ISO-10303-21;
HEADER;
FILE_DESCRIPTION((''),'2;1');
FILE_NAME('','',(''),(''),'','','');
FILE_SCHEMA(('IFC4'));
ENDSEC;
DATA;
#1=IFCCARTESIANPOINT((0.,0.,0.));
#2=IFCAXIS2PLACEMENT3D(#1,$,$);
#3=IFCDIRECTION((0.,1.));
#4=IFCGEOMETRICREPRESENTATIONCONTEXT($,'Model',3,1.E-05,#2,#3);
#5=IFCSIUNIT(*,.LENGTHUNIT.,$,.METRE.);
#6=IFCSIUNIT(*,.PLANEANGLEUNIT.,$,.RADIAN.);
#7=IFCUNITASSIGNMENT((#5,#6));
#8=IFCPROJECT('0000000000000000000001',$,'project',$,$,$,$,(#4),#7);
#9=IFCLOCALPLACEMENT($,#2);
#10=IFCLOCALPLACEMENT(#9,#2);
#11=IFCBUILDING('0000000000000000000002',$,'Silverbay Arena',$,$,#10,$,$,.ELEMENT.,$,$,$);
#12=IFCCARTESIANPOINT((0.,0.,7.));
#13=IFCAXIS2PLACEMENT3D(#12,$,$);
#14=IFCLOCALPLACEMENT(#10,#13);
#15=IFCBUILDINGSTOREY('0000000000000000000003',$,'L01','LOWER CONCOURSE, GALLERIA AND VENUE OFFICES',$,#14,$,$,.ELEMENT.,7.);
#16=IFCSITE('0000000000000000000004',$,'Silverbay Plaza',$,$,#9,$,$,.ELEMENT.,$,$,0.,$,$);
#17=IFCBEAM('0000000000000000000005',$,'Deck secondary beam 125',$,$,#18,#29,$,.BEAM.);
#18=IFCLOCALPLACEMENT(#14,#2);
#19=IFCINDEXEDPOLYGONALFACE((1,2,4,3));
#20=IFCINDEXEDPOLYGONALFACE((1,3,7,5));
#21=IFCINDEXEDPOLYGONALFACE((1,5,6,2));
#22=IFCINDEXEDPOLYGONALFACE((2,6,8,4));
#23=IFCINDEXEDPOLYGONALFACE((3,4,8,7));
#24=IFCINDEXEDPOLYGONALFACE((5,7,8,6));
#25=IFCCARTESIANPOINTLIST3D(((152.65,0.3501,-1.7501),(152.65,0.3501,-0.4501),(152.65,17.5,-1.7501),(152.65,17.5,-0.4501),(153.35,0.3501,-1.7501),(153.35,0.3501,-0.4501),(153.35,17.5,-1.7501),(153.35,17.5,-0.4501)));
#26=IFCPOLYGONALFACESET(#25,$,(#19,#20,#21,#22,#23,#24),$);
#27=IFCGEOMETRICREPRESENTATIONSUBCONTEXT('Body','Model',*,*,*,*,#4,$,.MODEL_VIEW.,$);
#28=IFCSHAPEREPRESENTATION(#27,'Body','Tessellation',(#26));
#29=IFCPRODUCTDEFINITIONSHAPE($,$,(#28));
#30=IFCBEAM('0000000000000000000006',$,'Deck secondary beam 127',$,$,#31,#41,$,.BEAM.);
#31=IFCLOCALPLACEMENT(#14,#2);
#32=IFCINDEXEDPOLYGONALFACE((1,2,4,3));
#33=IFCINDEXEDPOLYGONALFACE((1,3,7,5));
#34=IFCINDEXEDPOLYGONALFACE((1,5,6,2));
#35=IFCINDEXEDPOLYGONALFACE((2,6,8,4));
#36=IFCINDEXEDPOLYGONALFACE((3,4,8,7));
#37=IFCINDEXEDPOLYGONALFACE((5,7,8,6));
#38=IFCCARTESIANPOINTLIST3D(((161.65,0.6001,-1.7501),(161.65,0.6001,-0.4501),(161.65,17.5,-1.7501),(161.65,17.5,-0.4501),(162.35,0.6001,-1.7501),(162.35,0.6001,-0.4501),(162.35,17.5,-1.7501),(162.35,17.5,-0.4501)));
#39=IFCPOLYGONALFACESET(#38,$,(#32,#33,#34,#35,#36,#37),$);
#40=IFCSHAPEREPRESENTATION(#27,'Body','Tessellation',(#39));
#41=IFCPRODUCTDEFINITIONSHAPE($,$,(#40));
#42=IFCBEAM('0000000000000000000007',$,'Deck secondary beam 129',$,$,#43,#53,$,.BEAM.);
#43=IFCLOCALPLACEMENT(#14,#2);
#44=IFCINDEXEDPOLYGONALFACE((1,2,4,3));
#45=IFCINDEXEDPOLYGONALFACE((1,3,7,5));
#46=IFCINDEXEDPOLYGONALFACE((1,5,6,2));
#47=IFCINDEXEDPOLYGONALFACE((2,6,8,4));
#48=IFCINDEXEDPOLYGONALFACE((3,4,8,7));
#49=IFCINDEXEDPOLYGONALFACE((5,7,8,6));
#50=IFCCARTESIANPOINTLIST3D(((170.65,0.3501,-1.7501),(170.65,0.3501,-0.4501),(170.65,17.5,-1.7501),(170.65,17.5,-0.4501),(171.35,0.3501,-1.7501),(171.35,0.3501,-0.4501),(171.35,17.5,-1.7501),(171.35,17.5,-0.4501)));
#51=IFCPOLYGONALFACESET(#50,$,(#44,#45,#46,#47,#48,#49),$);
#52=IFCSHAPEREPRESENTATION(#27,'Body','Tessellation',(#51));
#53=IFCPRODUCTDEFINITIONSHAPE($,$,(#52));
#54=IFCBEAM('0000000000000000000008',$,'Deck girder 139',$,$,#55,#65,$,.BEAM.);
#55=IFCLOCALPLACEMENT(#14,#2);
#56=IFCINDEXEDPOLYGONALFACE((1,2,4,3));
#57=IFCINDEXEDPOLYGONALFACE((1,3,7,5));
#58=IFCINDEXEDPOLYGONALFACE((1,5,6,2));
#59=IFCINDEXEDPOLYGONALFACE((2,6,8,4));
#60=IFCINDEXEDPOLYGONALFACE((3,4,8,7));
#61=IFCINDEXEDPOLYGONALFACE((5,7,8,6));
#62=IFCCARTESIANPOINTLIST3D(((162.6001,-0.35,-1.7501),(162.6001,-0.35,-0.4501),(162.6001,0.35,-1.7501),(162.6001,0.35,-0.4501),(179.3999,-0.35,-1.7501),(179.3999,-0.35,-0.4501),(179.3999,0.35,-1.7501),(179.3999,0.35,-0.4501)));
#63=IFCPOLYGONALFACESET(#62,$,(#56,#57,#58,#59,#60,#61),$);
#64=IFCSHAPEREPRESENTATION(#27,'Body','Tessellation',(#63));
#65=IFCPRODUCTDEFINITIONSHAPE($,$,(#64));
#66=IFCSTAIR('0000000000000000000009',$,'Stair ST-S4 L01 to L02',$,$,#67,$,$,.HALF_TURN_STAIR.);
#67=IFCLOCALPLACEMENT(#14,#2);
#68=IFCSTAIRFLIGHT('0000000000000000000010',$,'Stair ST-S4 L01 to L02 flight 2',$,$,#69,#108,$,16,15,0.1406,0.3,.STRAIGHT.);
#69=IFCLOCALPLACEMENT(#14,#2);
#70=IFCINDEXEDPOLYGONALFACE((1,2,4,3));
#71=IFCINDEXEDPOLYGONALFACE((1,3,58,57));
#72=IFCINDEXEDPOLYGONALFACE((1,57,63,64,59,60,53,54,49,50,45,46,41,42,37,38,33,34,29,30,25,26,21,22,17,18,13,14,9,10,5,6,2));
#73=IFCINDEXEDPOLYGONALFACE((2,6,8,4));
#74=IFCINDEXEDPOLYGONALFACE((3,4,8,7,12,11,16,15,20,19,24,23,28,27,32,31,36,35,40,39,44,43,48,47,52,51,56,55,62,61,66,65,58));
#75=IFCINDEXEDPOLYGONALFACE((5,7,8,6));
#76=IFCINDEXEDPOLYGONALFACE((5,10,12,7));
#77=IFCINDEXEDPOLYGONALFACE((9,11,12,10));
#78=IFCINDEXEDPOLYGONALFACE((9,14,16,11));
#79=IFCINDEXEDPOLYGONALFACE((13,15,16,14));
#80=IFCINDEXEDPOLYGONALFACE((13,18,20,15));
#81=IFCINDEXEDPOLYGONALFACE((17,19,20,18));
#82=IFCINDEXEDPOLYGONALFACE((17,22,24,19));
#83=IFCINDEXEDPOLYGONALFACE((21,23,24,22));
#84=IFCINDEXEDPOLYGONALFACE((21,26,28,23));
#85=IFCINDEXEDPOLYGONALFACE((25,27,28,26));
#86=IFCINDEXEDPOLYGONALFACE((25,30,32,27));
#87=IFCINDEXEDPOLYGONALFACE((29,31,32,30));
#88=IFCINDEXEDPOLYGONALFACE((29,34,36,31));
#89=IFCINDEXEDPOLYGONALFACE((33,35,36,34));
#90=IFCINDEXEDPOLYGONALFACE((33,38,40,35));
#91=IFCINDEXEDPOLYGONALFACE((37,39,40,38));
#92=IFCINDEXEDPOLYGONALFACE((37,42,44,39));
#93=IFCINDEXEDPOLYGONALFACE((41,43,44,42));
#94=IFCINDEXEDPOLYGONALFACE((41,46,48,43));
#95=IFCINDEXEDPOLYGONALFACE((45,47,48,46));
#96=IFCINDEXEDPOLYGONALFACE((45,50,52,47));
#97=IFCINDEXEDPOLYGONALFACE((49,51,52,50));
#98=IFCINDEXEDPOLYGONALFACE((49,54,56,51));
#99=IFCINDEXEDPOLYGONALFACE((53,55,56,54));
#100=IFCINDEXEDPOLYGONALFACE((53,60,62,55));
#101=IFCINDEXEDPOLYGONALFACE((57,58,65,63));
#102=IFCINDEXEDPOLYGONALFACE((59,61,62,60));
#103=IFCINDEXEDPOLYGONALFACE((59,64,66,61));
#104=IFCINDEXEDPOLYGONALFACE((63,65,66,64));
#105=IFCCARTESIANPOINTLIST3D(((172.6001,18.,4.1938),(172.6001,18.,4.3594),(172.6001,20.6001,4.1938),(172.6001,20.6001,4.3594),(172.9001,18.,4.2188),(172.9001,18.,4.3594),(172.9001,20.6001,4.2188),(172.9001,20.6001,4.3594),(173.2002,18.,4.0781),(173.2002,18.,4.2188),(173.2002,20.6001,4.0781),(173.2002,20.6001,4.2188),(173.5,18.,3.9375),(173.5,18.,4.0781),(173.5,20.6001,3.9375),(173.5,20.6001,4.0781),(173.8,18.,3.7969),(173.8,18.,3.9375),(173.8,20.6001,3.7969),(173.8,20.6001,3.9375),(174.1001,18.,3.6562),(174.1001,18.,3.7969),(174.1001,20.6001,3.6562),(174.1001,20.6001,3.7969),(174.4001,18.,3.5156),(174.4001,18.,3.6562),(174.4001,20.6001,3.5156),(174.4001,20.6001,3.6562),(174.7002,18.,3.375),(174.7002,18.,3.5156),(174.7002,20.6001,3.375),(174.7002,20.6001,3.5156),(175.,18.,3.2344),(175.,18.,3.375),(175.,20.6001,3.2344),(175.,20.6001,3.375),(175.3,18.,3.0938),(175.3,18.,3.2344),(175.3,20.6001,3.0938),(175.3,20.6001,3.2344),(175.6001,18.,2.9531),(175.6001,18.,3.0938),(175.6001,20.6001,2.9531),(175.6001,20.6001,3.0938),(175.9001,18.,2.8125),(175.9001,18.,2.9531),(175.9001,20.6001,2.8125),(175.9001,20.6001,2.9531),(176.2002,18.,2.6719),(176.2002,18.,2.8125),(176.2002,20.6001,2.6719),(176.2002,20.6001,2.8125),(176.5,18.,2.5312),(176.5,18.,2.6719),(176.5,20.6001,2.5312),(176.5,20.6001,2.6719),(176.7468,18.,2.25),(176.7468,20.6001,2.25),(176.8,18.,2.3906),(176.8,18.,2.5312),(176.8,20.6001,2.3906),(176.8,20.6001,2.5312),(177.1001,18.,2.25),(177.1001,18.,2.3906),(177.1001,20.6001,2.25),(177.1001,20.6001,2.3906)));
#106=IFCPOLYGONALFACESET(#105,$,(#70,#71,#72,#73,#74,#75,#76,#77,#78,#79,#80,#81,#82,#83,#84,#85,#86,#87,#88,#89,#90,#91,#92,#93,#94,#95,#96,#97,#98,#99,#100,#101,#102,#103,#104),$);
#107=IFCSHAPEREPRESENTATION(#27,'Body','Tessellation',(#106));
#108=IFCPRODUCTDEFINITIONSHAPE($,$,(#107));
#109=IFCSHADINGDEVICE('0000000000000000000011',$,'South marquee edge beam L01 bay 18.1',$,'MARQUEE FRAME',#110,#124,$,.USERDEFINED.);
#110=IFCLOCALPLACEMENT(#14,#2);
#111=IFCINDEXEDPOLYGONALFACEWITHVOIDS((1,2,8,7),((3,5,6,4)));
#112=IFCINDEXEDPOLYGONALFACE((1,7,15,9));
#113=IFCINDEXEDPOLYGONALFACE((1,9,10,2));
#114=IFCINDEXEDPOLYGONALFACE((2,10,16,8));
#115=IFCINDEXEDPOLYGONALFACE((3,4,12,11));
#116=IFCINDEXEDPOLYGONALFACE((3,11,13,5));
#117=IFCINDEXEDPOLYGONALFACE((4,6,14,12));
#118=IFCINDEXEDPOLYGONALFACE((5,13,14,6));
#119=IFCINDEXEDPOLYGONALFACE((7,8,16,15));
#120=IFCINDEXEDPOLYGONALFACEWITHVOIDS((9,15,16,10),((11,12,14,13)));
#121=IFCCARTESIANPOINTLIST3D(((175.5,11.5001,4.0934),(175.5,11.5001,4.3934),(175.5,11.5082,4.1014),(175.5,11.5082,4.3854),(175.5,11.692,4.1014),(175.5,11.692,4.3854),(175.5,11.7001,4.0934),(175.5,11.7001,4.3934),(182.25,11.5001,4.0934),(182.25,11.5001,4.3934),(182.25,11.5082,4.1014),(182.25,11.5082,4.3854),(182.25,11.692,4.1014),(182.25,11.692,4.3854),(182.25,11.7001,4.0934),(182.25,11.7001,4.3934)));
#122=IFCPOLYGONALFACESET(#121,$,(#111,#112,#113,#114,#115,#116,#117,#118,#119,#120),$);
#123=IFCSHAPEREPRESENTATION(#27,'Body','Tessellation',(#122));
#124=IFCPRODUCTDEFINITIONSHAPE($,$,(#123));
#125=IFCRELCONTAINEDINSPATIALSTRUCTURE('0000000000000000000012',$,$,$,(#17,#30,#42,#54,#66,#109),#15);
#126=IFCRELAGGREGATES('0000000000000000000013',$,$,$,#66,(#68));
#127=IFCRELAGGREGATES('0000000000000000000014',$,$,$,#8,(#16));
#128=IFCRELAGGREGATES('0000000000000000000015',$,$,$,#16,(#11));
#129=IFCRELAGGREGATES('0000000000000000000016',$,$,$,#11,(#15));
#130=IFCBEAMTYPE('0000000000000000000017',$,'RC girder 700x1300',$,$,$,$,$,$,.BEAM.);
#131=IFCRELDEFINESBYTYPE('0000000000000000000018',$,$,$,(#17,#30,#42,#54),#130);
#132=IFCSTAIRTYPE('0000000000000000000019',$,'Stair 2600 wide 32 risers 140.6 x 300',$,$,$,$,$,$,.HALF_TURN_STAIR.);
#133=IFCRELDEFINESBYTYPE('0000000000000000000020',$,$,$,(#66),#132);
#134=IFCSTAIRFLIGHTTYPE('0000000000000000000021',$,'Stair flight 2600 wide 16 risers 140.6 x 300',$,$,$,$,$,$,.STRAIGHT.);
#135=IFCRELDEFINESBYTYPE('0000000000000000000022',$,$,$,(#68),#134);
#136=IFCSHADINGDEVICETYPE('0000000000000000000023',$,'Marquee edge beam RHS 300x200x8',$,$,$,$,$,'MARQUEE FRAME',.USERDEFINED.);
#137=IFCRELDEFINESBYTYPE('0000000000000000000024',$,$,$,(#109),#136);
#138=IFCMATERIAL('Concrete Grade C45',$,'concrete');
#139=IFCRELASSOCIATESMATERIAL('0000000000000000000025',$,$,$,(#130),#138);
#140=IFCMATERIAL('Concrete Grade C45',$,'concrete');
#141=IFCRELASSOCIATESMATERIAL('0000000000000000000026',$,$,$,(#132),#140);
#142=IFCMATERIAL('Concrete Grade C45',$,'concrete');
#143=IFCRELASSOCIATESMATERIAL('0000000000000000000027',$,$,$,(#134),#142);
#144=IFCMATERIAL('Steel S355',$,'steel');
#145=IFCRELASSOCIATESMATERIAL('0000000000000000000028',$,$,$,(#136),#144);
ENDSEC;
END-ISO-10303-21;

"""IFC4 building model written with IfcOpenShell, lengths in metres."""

from ifc_helpers import new_model, si_unit, direction, frame, origin, origin_2d, place, context, subcontext, project, spatial, polyline, rectangle, hollow_rectangle, outline, extrude, material, material_profile, profile_set, type_object, element, aggregate, save


model = new_model("IFC4")

# Units and contexts
model_context = context("Model", 3, precision=1e-05, world=origin(), true_north=direction((0.0, 1.0)))
body_context = subcontext(model_context, "Body", "Model", "MODEL_VIEW")
ifc_project = project(units=[si_unit("LENGTHUNIT", "METRE"), si_unit("PLANEANGLEUNIT", "RADIAN")], contexts=[model_context])

# Site, building, storey
site_placement = place(None, origin())
site = spatial("IfcSite", under=ifc_project, at=site_placement, Name="Silverbay Plaza", CompositionType="ELEMENT", RefElevation=0.0)
building_placement = place(site_placement, origin())
building = spatial("IfcBuilding", under=site, at=building_placement, Name="Silverbay Arena", CompositionType="ELEMENT")
storey_placement = place(building_placement, frame((0.0, 0.0, 7.0)))
storey = spatial("IfcBuildingStorey", under=building, at=storey_placement, Name="L01", Description="LOWER CONCOURSE, GALLERIA AND VENUE OFFICES", CompositionType="ELEMENT", Elevation=7.0)

# Beams
ifc_material_1 = material(Name="Concrete Grade C45", Category="concrete")
ifc_material_profile_1 = material_profile(ifc_material_1, rectangle(XDim=0.7, YDim=1.3, at=origin_2d()), Name="RC 700x1300")
ifc_profile_set_1 = profile_set([ifc_material_profile_1], Name="Concrete Grade C45")
beam_type = type_object("IfcBeamType", Name="RC girder 700x1300", PredefinedType="BEAM", material=ifc_profile_set_1)
beam_1_placement = place(storey_placement, frame((153.0, 0.3501, -1.1001), z_axis=(0.0, 1.0, 0.0), x_axis=(-1.0, 0.0, 0.0)))
element("IfcBeam", 1, at=beam_1_placement, inside=storey, type_object=beam_type, Name="Deck secondary beam 125", PredefinedType="BEAM", context=body_context, shape_type="SweptSolid", body=[
    extrude(rectangle(XDim=0.7, YDim=1.3, at=origin_2d()), origin(), (0.0, 0.0, 1.0), 17.1499),
])
beam_2_placement = place(storey_placement, frame((162.0, 0.6001, -1.1001), z_axis=(0.0, 1.0, 0.0), x_axis=(-1.0, 0.0, 0.0)))
element("IfcBeam", 2, at=beam_2_placement, inside=storey, type_object=beam_type, Name="Deck secondary beam 127", PredefinedType="BEAM", context=body_context, shape_type="SweptSolid", body=[
    extrude(rectangle(XDim=0.7, YDim=1.3, at=origin_2d()), origin(), (0.0, 0.0, 1.0), 16.8999),
])
beam_3_placement = place(storey_placement, frame((171.0, 0.3501, -1.1001), z_axis=(0.0, 1.0, 0.0), x_axis=(-1.0, 0.0, 0.0)))
element("IfcBeam", 3, at=beam_3_placement, inside=storey, type_object=beam_type, Name="Deck secondary beam 129", PredefinedType="BEAM", context=body_context, shape_type="SweptSolid", body=[
    extrude(rectangle(XDim=0.7, YDim=1.3, at=origin_2d()), origin(), (0.0, 0.0, 1.0), 17.1499),
])
beam_4_placement = place(storey_placement, frame((162.6001, 0.0, -1.1001), z_axis=(1.0, 0.0, 0.0), x_axis=(0.0, 1.0, 0.0)))
element("IfcBeam", 4, at=beam_4_placement, inside=storey, type_object=beam_type, Name="Deck girder 139", PredefinedType="BEAM", context=body_context, shape_type="SweptSolid", body=[
    extrude(rectangle(XDim=0.7, YDim=1.3, at=origin_2d()), origin(), (0.0, 0.0, 1.0), 16.7998),
])

# Stair, stair flight
ifc_material_2 = material(Name="Concrete Grade C45", Category="concrete")
stair_type = type_object("IfcStairType", Name="Stair 2600 wide 32 risers 140.6 x 300", PredefinedType="HALF_TURN_STAIR", material=ifc_material_2)
stair_placement = place(storey_placement, origin())
stair = element("IfcStair", 5, at=stair_placement, inside=storey, type_object=stair_type, Name="Stair ST-S4 L01 to L02", PredefinedType="HALF_TURN_STAIR")
ifc_material_3 = material(Name="Concrete Grade C45", Category="concrete")
stair_flight_type = type_object("IfcStairFlightType", Name="Stair flight 2600 wide 16 risers 140.6 x 300", PredefinedType="STRAIGHT", material=ifc_material_3)
stair_flight_placement = place(storey_placement, frame((177.1001, 19.3, 2.25), z_axis=(0.0, 0.0, 1.0), x_axis=(-1.0, 0.0, 0.0)))
stair_flight = element("IfcStairFlight", 6, at=stair_flight_placement, type_object=stair_flight_type, Name="Stair ST-S4 L01 to L02 flight 2", NumberOfRisers=16, NumberOfTreads=15, PredefinedType="STRAIGHT", RiserHeight=0.1406, TreadLength=0.3, context=body_context, shape_type="SweptSolid", body=[
    extrude(outline(polyline([(0.0, 0.0), (0.0, 0.1406), (0.3, 0.1406), (0.3, 0.2812), (0.6001, 0.2812), (0.6001, 0.4219), (0.8999, 0.4219), (0.8999, 0.5625), (1.2, 0.5625), (1.2, 0.7031), (1.5, 0.7031), (1.5, 0.8438), (1.8, 0.8438), (1.8, 0.9844), (2.1001, 0.9844), (2.1001, 1.125), (2.3999, 1.125), (2.3999, 1.2656), (2.7, 1.2656), (2.7, 1.4062), (3.0, 1.4062), (3.0, 1.5469), (3.3, 1.5469), (3.3, 1.6875), (3.6001, 1.6875), (3.6001, 1.8281), (3.8999, 1.8281), (3.8999, 1.9688), (4.2, 1.9688), (4.2, 2.1094), (4.5, 2.1094), (4.5, 1.9438), (0.3533, 0.0), (0.0, 0.0)])), frame((0.0, 1.3, 0.0), z_axis=(0.0, -1.0, 0.0), x_axis=(1.0, 0.0, 0.0)), (0.0, 0.0, 1.0), 2.6001),
])
aggregate(stair, [stair_flight])

# Shading device
ifc_material_4 = material(Name="Steel S355", Category="steel")
ifc_material_profile_2 = material_profile(ifc_material_4, hollow_rectangle(XDim=0.2, YDim=0.3, WallThickness=0.0081, at=origin_2d()), Name="RHS 300x200x8")
ifc_profile_set_2 = profile_set([ifc_material_profile_2], Name="Steel S355")
shading_device_type_1 = type_object("IfcShadingDeviceType", Name="Marquee edge beam RHS 300x200x8", ElementType="MARQUEE FRAME", PredefinedType="USERDEFINED", material=ifc_profile_set_2)
shading_device_placement = place(storey_placement, frame((175.5, 11.6001, 4.2434), z_axis=(1.0, 0.0, 0.0), x_axis=(0.0, 1.0, 0.0)))
element("IfcShadingDevice", 7, at=shading_device_placement, inside=storey, type_object=shading_device_type_1, Name="South marquee edge beam L01 bay 18.1", ObjectType="MARQUEE FRAME", PredefinedType="USERDEFINED", context=body_context, shape_type="SweptSolid", body=[
    extrude(hollow_rectangle(XDim=0.2, YDim=0.3, WallThickness=0.0081, at=origin_2d()), origin(), (0.0, 0.0, 1.0), 6.75),
])

save(model, "model.ifc")
